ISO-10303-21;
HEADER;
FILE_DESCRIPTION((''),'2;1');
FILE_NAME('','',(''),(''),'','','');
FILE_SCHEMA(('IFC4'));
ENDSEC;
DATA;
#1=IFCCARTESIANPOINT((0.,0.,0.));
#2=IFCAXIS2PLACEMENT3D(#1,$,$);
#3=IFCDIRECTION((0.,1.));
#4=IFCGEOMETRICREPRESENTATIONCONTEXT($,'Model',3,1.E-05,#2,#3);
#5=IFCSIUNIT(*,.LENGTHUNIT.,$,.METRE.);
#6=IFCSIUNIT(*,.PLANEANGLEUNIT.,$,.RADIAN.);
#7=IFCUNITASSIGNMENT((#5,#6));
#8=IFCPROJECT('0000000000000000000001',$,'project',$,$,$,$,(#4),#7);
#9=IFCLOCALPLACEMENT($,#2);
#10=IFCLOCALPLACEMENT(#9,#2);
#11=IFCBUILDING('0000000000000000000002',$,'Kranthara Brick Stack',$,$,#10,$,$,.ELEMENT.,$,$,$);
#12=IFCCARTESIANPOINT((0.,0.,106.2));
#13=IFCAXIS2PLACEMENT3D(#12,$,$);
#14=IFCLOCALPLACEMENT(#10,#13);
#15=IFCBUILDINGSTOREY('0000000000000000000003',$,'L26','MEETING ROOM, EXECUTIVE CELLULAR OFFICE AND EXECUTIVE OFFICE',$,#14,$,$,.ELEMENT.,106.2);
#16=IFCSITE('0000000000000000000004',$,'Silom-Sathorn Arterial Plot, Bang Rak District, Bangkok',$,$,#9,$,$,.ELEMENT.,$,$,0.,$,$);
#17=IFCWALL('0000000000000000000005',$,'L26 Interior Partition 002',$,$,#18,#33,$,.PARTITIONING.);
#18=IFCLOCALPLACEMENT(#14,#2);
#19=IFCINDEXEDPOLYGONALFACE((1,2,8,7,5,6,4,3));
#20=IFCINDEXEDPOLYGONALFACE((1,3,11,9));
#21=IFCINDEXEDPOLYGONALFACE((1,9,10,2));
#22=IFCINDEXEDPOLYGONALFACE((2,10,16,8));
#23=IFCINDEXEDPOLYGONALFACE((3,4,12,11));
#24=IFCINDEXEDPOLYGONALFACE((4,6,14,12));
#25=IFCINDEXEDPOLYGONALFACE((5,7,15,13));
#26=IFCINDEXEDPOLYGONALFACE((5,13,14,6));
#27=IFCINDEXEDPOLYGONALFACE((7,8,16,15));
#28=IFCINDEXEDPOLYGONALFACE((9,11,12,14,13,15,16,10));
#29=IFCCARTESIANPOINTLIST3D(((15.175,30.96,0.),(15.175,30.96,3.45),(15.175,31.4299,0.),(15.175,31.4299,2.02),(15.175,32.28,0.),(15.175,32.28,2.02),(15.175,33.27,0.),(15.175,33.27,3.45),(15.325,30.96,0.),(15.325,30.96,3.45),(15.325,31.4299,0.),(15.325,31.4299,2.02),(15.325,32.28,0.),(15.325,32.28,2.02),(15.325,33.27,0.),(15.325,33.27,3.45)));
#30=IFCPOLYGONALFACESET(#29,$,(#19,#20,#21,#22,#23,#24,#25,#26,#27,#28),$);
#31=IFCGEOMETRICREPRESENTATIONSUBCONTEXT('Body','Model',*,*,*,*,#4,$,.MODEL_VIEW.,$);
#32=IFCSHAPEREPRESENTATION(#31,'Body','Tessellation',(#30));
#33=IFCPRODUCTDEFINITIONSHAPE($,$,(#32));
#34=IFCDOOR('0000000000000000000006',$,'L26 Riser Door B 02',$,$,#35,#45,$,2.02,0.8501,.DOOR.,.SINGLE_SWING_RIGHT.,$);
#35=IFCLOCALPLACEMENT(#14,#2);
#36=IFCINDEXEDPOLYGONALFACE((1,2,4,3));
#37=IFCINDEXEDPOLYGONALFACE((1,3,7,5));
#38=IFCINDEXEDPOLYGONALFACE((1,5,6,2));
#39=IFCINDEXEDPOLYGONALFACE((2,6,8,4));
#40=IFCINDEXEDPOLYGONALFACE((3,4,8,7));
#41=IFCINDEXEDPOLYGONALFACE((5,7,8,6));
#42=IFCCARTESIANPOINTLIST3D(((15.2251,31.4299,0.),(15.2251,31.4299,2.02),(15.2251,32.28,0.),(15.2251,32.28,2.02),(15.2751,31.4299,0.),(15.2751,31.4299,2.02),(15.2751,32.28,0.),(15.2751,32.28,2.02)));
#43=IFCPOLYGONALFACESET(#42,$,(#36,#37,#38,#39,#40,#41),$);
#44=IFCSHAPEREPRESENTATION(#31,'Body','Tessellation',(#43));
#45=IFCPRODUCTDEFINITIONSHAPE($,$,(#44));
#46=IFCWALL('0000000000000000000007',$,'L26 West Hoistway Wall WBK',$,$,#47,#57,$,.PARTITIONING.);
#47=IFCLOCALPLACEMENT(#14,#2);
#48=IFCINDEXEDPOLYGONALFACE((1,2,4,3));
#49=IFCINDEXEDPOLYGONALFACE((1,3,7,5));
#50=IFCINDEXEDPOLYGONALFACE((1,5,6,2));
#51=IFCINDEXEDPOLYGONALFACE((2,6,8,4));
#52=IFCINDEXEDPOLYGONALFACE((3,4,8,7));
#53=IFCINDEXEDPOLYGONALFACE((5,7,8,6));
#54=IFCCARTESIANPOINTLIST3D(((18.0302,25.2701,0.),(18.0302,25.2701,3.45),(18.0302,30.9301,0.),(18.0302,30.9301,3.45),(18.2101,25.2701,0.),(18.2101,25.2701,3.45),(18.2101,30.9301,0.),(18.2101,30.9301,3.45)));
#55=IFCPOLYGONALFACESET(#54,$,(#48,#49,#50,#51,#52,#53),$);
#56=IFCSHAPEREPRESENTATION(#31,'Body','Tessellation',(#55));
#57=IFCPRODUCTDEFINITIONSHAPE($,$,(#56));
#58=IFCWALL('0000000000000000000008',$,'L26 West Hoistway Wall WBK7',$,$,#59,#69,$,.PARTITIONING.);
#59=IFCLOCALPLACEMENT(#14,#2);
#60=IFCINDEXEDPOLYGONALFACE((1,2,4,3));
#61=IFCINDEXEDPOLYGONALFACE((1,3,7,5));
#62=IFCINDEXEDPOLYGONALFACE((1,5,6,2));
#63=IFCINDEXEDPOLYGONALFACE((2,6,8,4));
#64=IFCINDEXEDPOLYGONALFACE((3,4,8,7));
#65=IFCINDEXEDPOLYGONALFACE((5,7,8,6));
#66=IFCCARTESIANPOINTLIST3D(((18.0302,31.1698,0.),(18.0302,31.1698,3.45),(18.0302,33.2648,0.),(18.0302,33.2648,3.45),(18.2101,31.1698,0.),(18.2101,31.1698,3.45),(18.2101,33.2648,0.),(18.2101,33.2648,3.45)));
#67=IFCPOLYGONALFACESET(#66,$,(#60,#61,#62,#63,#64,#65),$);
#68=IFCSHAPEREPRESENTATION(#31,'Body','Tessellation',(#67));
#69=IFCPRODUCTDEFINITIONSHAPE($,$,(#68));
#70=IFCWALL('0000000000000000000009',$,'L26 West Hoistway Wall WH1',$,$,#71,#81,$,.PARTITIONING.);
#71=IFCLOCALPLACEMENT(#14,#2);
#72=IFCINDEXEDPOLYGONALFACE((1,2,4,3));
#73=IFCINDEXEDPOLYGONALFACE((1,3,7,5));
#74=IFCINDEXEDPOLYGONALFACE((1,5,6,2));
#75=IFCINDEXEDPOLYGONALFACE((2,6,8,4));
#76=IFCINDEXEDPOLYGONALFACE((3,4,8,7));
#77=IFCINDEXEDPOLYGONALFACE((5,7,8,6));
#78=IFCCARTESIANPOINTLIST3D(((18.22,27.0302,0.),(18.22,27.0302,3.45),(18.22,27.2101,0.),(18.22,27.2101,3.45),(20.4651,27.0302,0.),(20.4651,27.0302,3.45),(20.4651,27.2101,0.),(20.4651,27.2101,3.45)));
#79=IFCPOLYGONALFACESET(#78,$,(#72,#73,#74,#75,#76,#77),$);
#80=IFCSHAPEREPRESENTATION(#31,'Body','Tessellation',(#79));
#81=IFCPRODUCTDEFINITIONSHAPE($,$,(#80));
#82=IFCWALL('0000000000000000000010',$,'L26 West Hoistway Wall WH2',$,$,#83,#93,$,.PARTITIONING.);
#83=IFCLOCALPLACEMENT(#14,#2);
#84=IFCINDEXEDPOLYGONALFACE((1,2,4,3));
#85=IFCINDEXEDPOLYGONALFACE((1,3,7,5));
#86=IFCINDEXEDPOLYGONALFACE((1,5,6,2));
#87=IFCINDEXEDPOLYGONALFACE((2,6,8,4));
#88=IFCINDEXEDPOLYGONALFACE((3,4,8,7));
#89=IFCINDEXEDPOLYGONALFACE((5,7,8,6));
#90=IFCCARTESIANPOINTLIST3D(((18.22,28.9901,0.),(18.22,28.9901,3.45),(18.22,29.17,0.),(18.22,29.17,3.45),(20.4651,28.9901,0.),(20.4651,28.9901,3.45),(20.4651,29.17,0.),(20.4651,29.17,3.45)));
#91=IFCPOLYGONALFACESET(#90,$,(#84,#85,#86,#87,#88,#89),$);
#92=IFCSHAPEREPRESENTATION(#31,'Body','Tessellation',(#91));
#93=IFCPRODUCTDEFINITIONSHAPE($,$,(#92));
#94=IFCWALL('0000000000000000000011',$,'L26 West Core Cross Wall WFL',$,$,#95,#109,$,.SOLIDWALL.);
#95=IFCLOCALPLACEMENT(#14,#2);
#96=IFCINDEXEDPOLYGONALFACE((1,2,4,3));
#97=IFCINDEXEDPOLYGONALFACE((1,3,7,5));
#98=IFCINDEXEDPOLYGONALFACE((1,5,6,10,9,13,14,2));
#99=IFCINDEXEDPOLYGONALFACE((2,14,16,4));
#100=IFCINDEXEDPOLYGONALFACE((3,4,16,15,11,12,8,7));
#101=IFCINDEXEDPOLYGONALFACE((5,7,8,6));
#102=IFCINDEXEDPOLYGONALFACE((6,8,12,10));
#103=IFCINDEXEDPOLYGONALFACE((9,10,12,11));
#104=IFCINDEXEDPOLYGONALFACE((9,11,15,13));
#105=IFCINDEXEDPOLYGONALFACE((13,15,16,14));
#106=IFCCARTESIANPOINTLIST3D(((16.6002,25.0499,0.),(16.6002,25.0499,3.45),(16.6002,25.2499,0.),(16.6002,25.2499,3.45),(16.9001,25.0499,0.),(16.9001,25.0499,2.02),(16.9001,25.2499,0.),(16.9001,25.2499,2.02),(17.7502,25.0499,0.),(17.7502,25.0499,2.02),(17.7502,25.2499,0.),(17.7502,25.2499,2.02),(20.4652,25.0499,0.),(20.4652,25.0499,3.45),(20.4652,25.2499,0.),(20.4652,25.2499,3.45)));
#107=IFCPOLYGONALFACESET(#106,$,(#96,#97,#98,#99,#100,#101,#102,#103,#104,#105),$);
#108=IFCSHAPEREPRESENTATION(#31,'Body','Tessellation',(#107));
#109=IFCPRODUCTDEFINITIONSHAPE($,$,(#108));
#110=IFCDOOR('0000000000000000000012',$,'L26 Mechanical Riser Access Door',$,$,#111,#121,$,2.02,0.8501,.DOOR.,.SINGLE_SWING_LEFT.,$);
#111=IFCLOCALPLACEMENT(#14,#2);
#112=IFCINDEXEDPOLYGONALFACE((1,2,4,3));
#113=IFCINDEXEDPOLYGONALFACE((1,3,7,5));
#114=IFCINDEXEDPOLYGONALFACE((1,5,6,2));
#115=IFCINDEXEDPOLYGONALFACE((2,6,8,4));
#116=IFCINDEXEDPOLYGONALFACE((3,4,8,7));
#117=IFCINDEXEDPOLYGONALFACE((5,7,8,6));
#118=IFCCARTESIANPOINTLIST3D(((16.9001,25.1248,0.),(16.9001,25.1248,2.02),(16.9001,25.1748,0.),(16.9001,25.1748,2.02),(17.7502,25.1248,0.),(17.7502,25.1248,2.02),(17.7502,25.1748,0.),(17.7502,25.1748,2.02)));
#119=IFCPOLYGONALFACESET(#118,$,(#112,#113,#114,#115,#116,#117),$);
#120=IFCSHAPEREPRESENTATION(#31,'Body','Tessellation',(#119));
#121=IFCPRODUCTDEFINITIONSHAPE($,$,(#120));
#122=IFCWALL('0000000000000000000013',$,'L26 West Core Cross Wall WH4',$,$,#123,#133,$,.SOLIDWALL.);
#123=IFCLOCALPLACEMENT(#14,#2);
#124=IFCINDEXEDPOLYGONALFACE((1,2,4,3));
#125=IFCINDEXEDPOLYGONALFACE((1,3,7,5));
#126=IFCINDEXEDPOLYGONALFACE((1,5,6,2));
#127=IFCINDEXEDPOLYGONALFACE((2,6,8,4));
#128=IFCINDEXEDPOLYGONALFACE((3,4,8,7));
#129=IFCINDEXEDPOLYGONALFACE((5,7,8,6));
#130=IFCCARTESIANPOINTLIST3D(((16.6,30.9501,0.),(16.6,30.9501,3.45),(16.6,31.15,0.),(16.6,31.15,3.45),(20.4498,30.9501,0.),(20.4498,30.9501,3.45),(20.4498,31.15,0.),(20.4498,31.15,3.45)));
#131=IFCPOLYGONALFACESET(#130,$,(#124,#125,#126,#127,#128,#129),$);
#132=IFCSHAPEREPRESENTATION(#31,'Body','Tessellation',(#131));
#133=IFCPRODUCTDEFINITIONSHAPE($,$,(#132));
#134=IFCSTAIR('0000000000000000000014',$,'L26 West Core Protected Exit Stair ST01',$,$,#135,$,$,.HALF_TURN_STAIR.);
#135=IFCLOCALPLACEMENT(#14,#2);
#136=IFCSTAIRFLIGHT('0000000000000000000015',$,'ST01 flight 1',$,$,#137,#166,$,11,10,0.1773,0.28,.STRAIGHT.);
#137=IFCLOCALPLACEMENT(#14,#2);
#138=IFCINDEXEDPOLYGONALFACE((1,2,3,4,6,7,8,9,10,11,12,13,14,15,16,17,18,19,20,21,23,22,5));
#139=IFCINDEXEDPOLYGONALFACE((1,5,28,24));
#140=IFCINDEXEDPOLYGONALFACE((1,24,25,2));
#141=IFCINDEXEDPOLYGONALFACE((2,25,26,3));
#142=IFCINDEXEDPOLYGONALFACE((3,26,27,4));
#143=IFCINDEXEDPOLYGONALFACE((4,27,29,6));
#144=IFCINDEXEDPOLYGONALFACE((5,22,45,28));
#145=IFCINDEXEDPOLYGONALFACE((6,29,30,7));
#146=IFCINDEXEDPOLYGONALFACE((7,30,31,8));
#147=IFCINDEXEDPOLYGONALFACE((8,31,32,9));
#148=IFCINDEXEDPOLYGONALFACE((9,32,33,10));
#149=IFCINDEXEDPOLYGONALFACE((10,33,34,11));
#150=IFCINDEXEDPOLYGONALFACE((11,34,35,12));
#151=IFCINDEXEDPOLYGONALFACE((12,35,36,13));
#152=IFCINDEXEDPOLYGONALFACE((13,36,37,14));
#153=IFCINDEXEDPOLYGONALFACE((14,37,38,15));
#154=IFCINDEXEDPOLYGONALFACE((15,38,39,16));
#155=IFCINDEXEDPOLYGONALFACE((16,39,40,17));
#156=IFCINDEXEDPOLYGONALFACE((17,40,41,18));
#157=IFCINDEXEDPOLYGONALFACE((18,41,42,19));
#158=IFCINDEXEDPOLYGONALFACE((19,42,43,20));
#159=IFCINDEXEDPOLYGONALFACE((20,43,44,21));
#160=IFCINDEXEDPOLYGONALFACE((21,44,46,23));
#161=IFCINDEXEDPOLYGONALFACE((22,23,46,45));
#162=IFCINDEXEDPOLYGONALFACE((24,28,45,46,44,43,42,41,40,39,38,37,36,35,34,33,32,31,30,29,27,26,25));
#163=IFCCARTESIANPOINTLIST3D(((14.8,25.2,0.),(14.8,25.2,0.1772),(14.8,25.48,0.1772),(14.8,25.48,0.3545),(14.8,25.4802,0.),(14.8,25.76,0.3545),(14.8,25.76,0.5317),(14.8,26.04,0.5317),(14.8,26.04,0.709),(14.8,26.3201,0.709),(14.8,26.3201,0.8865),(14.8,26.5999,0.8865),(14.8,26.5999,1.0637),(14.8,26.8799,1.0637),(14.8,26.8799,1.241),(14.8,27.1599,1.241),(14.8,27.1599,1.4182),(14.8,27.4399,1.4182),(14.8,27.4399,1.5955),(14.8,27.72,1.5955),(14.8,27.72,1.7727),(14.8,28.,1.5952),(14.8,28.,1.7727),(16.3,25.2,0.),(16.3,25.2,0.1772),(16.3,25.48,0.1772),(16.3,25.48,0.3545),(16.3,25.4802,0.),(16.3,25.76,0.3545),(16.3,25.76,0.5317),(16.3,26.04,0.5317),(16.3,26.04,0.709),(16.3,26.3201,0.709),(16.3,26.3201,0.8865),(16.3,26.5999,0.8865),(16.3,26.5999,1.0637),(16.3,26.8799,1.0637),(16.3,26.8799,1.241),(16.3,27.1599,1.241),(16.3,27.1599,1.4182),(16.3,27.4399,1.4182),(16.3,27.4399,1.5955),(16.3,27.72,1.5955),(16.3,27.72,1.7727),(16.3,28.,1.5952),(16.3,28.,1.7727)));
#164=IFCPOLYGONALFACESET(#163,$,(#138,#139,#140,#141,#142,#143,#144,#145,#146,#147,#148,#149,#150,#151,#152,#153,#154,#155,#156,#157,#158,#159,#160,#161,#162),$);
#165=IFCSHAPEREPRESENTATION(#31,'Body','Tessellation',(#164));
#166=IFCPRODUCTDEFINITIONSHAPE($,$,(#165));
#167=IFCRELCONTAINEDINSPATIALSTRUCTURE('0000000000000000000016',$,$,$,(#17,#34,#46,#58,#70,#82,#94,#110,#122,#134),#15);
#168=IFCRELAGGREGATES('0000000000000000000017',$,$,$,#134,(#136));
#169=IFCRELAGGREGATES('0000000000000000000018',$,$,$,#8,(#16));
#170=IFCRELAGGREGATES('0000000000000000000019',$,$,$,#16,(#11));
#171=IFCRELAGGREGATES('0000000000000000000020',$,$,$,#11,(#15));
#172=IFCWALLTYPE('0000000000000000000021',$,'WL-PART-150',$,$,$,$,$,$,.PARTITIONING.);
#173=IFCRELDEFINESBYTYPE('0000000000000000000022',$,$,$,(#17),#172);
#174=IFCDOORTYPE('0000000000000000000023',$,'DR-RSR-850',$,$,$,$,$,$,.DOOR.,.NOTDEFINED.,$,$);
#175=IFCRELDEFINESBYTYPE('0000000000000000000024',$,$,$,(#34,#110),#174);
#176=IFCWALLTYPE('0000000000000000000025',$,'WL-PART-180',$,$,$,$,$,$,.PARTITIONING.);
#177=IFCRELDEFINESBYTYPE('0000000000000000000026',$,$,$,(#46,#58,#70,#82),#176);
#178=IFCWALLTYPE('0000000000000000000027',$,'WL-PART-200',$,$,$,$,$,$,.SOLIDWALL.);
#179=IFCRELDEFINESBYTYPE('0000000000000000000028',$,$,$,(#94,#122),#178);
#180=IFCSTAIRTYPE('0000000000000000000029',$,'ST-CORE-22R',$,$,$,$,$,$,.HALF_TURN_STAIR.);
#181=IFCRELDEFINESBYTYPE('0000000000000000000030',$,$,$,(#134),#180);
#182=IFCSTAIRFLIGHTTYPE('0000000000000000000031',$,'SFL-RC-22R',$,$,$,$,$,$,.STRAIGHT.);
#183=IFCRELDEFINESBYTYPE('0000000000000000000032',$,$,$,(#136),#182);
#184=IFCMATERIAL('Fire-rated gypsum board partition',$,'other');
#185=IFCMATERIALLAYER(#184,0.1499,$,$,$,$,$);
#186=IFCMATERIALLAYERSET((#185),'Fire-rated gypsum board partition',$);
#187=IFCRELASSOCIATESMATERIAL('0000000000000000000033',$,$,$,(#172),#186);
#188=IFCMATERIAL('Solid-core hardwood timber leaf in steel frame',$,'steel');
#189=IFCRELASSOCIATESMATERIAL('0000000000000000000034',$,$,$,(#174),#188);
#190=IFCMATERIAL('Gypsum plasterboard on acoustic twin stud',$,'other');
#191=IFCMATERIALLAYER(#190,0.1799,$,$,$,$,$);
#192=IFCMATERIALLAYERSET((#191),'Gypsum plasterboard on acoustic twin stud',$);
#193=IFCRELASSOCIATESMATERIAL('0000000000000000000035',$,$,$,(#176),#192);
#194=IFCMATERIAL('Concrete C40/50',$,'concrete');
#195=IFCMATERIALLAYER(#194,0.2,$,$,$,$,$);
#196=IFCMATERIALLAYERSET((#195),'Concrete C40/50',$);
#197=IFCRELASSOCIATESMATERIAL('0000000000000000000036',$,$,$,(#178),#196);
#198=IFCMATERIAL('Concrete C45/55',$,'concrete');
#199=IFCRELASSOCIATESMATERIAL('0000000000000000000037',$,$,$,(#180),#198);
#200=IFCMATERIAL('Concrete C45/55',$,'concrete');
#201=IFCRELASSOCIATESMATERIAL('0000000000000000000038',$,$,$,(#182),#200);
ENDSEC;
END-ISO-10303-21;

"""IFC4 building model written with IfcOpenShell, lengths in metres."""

from ifc_helpers import new_model, si_unit, direction, frame, frame_2d, origin, place, context, subcontext, project, spatial, polyline, rectangle, outline, extrude, material, layer, layer_set, type_object, element, fill, aggregate, save


model = new_model("IFC4")

# Units and contexts
model_context = context("Model", 3, precision=1e-05, world=origin(), true_north=direction((0.0, 1.0)))
body_context = subcontext(model_context, "Body", "Model", "MODEL_VIEW")
ifc_project = project(units=[si_unit("LENGTHUNIT", "METRE"), si_unit("PLANEANGLEUNIT", "RADIAN")], contexts=[model_context])

# Site, building, storey
site_placement = place(None, origin())
site = spatial("IfcSite", under=ifc_project, at=site_placement, Name="Silom-Sathorn Arterial Plot, Bang Rak District, Bangkok", CompositionType="ELEMENT", RefElevation=0.0)
building_placement = place(site_placement, origin())
building = spatial("IfcBuilding", under=site, at=building_placement, Name="Kranthara Brick Stack", CompositionType="ELEMENT")
storey_placement = place(building_placement, frame((0.0, 0.0, 106.2)))
storey = spatial("IfcBuildingStorey", under=building, at=storey_placement, Name="L26", Description="MEETING ROOM, EXECUTIVE CELLULAR OFFICE AND EXECUTIVE OFFICE", CompositionType="ELEMENT", Elevation=106.2)

# Wall, opening, door
ifc_material_1 = material(Name="Fire-rated gypsum board partition", Category="other")
ifc_layer_1 = layer(ifc_material_1, 0.1499)
ifc_layer_set_1 = layer_set([ifc_layer_1], Name="Fire-rated gypsum board partition")
wall_type_1 = type_object("IfcWallType", Name="WL-PART-150", PredefinedType="PARTITIONING", material=ifc_layer_set_1)
ifc_material_2 = material(Name="Solid-core hardwood timber leaf in steel frame", Category="steel")
door_type_1 = type_object("IfcDoorType", Name="DR-RSR-850", OperationType="NOTDEFINED", PredefinedType="DOOR", material=ifc_material_2)
wall_1_placement = place(storey_placement, frame((15.25, 30.96, 0.0), z_axis=(0.0, 0.0, 1.0), x_axis=(0.0, 1.0, 0.0)))
wall_1 = element("IfcWall", 1, at=wall_1_placement, inside=storey, type_object=wall_type_1, Name="L26 Interior Partition 002", PredefinedType="PARTITIONING", context=body_context, shape_type="SweptSolid", body=[
    extrude(rectangle(XDim=2.3101, YDim=0.1499, at=frame_2d((1.155, 0.0))), origin(), (0.0, 0.0, 1.0), 3.45),
])
opening_1_placement = place(wall_1_placement, frame((0.47, 0.0, 0.0)))
opening_1 = element("IfcOpeningElement", 2, at=opening_1_placement, cuts=wall_1, PredefinedType="OPENING", context=body_context, shape_type="SweptSolid", body=[
    extrude(rectangle(XDim=0.8501, YDim=2.02, at=frame_2d((0.425, 1.01))), frame((0.0, 0.085, 0.0), z_axis=(0.0, -1.0, 0.0), x_axis=(1.0, 0.0, 0.0)), (0.0, 0.0, 1.0), 0.1699),
])
door_1_placement = place(opening_1_placement, origin())
door_1 = element("IfcDoor", 3, at=door_1_placement, inside=storey, type_object=door_type_1, Name="L26 Riser Door B 02", OperationType="SINGLE_SWING_RIGHT", OverallHeight=2.02, OverallWidth=0.8501, PredefinedType="DOOR", context=body_context, shape_type="SweptSolid", body=[
    extrude(rectangle(XDim=0.8501, YDim=2.02, at=frame_2d((0.425, 1.01))), frame((0.0, 0.0249, 0.0), z_axis=(0.0, -1.0, 0.0), x_axis=(1.0, 0.0, 0.0)), (0.0, 0.0, 1.0), 0.05),
])
fill(opening_1, door_1)

# Walls
ifc_material_3 = material(Name="Gypsum plasterboard on acoustic twin stud", Category="other")
ifc_layer_2 = layer(ifc_material_3, 0.1799)
ifc_layer_set_2 = layer_set([ifc_layer_2], Name="Gypsum plasterboard on acoustic twin stud")
wall_type_2 = type_object("IfcWallType", Name="WL-PART-180", PredefinedType="PARTITIONING", material=ifc_layer_set_2)
wall_2_placement = place(storey_placement, frame((18.1201, 25.27, 0.0), z_axis=(0.0, 0.0, 1.0), x_axis=(0.0, 1.0, 0.0)))
element("IfcWall", 4, at=wall_2_placement, inside=storey, type_object=wall_type_2, Name="L26 West Hoistway Wall WBK", PredefinedType="PARTITIONING", context=body_context, shape_type="SweptSolid", body=[
    extrude(rectangle(XDim=5.6599, YDim=0.1799, at=frame_2d((2.8301, 0.0))), origin(), (0.0, 0.0, 1.0), 3.45),
])
wall_3_placement = place(storey_placement, frame((18.1201, 31.1699, 0.0), z_axis=(0.0, 0.0, 1.0), x_axis=(0.0, 1.0, 0.0)))
element("IfcWall", 5, at=wall_3_placement, inside=storey, type_object=wall_type_2, Name="L26 West Hoistway Wall WBK7", PredefinedType="PARTITIONING", context=body_context, shape_type="SweptSolid", body=[
    extrude(rectangle(XDim=2.095, YDim=0.1799, at=frame_2d((1.0474, 0.0))), origin(), (0.0, 0.0, 1.0), 3.45),
])
for number, where, z_axis, x_axis, name in (
    (6, (18.22, 27.1201, 0.0), (0.0, 0.0, 1.0), (1.0, 0.0, 0.0), "L26 West Hoistway Wall WH1"),
    (7, (18.22, 29.0801, 0.0), (0.0, 0.0, 1.0), (1.0, 0.0, 0.0), "L26 West Hoistway Wall WH2"),
):
    element("IfcWall", number, at=place(storey_placement, frame(where, z_axis=z_axis, x_axis=x_axis)), inside=storey, type_object=wall_type_2, Name=name, PredefinedType="PARTITIONING", context=body_context, shape_type="SweptSolid", body=[
        extrude(rectangle(XDim=2.2451, YDim=0.1799, at=frame_2d((1.1226, 0.0))), origin(), (0.0, 0.0, 1.0), 3.45),
    ])

# Wall, opening, door
ifc_material_4 = material(Name="Concrete C40/50", Category="concrete")
ifc_layer_3 = layer(ifc_material_4, 0.2)
ifc_layer_set_3 = layer_set([ifc_layer_3], Name="Concrete C40/50")
wall_type_3 = type_object("IfcWallType", Name="WL-PART-200", PredefinedType="SOLIDWALL", material=ifc_layer_set_3)
wall_4_placement = place(storey_placement, frame((16.6001, 25.1499, 0.0), z_axis=(0.0, 0.0, 1.0), x_axis=(1.0, 0.0, 0.0)))
wall_4 = element("IfcWall", 8, at=wall_4_placement, inside=storey, type_object=wall_type_3, Name="L26 West Core Cross Wall WFL", PredefinedType="SOLIDWALL", context=body_context, shape_type="SweptSolid", body=[
    extrude(rectangle(XDim=3.865, YDim=0.2, at=frame_2d((1.9326, 0.0))), origin(), (0.0, 0.0, 1.0), 3.45),
])
opening_2_placement = place(wall_4_placement, frame((0.3, 0.0, 0.0)))
opening_2 = element("IfcOpeningElement", 9, at=opening_2_placement, cuts=wall_4, PredefinedType="OPENING", context=body_context, shape_type="SweptSolid", body=[
    extrude(rectangle(XDim=0.8501, YDim=2.02, at=frame_2d((0.425, 1.01))), frame((0.0, 0.1099, 0.0), z_axis=(0.0, -1.0, 0.0), x_axis=(1.0, 0.0, 0.0)), (0.0, 0.0, 1.0), 0.22),
])
door_2_placement = place(opening_2_placement, origin())
door_2 = element("IfcDoor", 10, at=door_2_placement, inside=storey, type_object=door_type_1, Name="L26 Mechanical Riser Access Door", OperationType="SINGLE_SWING_LEFT", OverallHeight=2.02, OverallWidth=0.8501, PredefinedType="DOOR", context=body_context, shape_type="SweptSolid", body=[
    extrude(rectangle(XDim=0.8501, YDim=2.02, at=frame_2d((0.425, 1.01))), frame((0.0, 0.0249, 0.0), z_axis=(0.0, -1.0, 0.0), x_axis=(1.0, 0.0, 0.0)), (0.0, 0.0, 1.0), 0.05),
])
fill(opening_2, door_2)

# Wall
wall_5_placement = place(storey_placement, frame((16.6001, 31.05, 0.0), z_axis=(0.0, 0.0, 1.0), x_axis=(1.0, 0.0, 0.0)))
element("IfcWall", 11, at=wall_5_placement, inside=storey, type_object=wall_type_3, Name="L26 West Core Cross Wall WH4", PredefinedType="SOLIDWALL", context=body_context, shape_type="SweptSolid", body=[
    extrude(rectangle(XDim=3.8499, YDim=0.2, at=frame_2d((1.9248, 0.0))), origin(), (0.0, 0.0, 1.0), 3.45),
])

# Stair, stair flight
ifc_material_5 = material(Name="Concrete C45/55", Category="concrete")
stair_type = type_object("IfcStairType", Name="ST-CORE-22R", PredefinedType="HALF_TURN_STAIR", material=ifc_material_5)
stair_placement = place(storey_placement, origin())
stair = element("IfcStair", 12, at=stair_placement, inside=storey, type_object=stair_type, Name="L26 West Core Protected Exit Stair ST01", PredefinedType="HALF_TURN_STAIR")
ifc_material_6 = material(Name="Concrete C45/55", Category="concrete")
stair_flight_type = type_object("IfcStairFlightType", Name="SFL-RC-22R", PredefinedType="STRAIGHT", material=ifc_material_6)
stair_flight_1_placement = place(storey_placement, frame((15.55, 25.2, 0.0), z_axis=(0.0, 0.0, 1.0), x_axis=(0.0, 1.0, 0.0)))
stair_flight_1 = element("IfcStairFlight", 13, at=stair_flight_1_placement, type_object=stair_flight_type, Name="ST01 flight 1", NumberOfRisers=11, NumberOfTreads=10, PredefinedType="STRAIGHT", RiserHeight=0.1773, TreadLength=0.28, context=body_context, shape_type="SweptSolid", body=[
    extrude(outline(polyline([(0.0, 0.0), (0.0, 0.1772), (0.28, 0.1772), (0.28, 0.3545), (0.5601, 0.3545), (0.5601, 0.5317), (0.8401, 0.5317), (0.8401, 0.709), (1.1201, 0.709), (1.1201, 0.8865), (1.3999, 0.8865), (1.3999, 1.0637), (1.6799, 1.0637), (1.6799, 1.241), (1.96, 1.241), (1.96, 1.4182), (2.24, 1.4182), (2.24, 1.5955), (2.52, 1.5955), (2.52, 1.7727), (2.8, 1.7727), (2.8, 1.95), (2.8, 1.5952), (0.2803, 0.0), (0.0, 0.0)])), frame((0.0, 0.75, 0.0), z_axis=(0.0, -1.0, 0.0), x_axis=(1.0, 0.0, 0.0)), (0.0, 0.0, 1.0), 1.5),
])
aggregate(stair, [stair_flight_1])

save(model, "model.ifc")
